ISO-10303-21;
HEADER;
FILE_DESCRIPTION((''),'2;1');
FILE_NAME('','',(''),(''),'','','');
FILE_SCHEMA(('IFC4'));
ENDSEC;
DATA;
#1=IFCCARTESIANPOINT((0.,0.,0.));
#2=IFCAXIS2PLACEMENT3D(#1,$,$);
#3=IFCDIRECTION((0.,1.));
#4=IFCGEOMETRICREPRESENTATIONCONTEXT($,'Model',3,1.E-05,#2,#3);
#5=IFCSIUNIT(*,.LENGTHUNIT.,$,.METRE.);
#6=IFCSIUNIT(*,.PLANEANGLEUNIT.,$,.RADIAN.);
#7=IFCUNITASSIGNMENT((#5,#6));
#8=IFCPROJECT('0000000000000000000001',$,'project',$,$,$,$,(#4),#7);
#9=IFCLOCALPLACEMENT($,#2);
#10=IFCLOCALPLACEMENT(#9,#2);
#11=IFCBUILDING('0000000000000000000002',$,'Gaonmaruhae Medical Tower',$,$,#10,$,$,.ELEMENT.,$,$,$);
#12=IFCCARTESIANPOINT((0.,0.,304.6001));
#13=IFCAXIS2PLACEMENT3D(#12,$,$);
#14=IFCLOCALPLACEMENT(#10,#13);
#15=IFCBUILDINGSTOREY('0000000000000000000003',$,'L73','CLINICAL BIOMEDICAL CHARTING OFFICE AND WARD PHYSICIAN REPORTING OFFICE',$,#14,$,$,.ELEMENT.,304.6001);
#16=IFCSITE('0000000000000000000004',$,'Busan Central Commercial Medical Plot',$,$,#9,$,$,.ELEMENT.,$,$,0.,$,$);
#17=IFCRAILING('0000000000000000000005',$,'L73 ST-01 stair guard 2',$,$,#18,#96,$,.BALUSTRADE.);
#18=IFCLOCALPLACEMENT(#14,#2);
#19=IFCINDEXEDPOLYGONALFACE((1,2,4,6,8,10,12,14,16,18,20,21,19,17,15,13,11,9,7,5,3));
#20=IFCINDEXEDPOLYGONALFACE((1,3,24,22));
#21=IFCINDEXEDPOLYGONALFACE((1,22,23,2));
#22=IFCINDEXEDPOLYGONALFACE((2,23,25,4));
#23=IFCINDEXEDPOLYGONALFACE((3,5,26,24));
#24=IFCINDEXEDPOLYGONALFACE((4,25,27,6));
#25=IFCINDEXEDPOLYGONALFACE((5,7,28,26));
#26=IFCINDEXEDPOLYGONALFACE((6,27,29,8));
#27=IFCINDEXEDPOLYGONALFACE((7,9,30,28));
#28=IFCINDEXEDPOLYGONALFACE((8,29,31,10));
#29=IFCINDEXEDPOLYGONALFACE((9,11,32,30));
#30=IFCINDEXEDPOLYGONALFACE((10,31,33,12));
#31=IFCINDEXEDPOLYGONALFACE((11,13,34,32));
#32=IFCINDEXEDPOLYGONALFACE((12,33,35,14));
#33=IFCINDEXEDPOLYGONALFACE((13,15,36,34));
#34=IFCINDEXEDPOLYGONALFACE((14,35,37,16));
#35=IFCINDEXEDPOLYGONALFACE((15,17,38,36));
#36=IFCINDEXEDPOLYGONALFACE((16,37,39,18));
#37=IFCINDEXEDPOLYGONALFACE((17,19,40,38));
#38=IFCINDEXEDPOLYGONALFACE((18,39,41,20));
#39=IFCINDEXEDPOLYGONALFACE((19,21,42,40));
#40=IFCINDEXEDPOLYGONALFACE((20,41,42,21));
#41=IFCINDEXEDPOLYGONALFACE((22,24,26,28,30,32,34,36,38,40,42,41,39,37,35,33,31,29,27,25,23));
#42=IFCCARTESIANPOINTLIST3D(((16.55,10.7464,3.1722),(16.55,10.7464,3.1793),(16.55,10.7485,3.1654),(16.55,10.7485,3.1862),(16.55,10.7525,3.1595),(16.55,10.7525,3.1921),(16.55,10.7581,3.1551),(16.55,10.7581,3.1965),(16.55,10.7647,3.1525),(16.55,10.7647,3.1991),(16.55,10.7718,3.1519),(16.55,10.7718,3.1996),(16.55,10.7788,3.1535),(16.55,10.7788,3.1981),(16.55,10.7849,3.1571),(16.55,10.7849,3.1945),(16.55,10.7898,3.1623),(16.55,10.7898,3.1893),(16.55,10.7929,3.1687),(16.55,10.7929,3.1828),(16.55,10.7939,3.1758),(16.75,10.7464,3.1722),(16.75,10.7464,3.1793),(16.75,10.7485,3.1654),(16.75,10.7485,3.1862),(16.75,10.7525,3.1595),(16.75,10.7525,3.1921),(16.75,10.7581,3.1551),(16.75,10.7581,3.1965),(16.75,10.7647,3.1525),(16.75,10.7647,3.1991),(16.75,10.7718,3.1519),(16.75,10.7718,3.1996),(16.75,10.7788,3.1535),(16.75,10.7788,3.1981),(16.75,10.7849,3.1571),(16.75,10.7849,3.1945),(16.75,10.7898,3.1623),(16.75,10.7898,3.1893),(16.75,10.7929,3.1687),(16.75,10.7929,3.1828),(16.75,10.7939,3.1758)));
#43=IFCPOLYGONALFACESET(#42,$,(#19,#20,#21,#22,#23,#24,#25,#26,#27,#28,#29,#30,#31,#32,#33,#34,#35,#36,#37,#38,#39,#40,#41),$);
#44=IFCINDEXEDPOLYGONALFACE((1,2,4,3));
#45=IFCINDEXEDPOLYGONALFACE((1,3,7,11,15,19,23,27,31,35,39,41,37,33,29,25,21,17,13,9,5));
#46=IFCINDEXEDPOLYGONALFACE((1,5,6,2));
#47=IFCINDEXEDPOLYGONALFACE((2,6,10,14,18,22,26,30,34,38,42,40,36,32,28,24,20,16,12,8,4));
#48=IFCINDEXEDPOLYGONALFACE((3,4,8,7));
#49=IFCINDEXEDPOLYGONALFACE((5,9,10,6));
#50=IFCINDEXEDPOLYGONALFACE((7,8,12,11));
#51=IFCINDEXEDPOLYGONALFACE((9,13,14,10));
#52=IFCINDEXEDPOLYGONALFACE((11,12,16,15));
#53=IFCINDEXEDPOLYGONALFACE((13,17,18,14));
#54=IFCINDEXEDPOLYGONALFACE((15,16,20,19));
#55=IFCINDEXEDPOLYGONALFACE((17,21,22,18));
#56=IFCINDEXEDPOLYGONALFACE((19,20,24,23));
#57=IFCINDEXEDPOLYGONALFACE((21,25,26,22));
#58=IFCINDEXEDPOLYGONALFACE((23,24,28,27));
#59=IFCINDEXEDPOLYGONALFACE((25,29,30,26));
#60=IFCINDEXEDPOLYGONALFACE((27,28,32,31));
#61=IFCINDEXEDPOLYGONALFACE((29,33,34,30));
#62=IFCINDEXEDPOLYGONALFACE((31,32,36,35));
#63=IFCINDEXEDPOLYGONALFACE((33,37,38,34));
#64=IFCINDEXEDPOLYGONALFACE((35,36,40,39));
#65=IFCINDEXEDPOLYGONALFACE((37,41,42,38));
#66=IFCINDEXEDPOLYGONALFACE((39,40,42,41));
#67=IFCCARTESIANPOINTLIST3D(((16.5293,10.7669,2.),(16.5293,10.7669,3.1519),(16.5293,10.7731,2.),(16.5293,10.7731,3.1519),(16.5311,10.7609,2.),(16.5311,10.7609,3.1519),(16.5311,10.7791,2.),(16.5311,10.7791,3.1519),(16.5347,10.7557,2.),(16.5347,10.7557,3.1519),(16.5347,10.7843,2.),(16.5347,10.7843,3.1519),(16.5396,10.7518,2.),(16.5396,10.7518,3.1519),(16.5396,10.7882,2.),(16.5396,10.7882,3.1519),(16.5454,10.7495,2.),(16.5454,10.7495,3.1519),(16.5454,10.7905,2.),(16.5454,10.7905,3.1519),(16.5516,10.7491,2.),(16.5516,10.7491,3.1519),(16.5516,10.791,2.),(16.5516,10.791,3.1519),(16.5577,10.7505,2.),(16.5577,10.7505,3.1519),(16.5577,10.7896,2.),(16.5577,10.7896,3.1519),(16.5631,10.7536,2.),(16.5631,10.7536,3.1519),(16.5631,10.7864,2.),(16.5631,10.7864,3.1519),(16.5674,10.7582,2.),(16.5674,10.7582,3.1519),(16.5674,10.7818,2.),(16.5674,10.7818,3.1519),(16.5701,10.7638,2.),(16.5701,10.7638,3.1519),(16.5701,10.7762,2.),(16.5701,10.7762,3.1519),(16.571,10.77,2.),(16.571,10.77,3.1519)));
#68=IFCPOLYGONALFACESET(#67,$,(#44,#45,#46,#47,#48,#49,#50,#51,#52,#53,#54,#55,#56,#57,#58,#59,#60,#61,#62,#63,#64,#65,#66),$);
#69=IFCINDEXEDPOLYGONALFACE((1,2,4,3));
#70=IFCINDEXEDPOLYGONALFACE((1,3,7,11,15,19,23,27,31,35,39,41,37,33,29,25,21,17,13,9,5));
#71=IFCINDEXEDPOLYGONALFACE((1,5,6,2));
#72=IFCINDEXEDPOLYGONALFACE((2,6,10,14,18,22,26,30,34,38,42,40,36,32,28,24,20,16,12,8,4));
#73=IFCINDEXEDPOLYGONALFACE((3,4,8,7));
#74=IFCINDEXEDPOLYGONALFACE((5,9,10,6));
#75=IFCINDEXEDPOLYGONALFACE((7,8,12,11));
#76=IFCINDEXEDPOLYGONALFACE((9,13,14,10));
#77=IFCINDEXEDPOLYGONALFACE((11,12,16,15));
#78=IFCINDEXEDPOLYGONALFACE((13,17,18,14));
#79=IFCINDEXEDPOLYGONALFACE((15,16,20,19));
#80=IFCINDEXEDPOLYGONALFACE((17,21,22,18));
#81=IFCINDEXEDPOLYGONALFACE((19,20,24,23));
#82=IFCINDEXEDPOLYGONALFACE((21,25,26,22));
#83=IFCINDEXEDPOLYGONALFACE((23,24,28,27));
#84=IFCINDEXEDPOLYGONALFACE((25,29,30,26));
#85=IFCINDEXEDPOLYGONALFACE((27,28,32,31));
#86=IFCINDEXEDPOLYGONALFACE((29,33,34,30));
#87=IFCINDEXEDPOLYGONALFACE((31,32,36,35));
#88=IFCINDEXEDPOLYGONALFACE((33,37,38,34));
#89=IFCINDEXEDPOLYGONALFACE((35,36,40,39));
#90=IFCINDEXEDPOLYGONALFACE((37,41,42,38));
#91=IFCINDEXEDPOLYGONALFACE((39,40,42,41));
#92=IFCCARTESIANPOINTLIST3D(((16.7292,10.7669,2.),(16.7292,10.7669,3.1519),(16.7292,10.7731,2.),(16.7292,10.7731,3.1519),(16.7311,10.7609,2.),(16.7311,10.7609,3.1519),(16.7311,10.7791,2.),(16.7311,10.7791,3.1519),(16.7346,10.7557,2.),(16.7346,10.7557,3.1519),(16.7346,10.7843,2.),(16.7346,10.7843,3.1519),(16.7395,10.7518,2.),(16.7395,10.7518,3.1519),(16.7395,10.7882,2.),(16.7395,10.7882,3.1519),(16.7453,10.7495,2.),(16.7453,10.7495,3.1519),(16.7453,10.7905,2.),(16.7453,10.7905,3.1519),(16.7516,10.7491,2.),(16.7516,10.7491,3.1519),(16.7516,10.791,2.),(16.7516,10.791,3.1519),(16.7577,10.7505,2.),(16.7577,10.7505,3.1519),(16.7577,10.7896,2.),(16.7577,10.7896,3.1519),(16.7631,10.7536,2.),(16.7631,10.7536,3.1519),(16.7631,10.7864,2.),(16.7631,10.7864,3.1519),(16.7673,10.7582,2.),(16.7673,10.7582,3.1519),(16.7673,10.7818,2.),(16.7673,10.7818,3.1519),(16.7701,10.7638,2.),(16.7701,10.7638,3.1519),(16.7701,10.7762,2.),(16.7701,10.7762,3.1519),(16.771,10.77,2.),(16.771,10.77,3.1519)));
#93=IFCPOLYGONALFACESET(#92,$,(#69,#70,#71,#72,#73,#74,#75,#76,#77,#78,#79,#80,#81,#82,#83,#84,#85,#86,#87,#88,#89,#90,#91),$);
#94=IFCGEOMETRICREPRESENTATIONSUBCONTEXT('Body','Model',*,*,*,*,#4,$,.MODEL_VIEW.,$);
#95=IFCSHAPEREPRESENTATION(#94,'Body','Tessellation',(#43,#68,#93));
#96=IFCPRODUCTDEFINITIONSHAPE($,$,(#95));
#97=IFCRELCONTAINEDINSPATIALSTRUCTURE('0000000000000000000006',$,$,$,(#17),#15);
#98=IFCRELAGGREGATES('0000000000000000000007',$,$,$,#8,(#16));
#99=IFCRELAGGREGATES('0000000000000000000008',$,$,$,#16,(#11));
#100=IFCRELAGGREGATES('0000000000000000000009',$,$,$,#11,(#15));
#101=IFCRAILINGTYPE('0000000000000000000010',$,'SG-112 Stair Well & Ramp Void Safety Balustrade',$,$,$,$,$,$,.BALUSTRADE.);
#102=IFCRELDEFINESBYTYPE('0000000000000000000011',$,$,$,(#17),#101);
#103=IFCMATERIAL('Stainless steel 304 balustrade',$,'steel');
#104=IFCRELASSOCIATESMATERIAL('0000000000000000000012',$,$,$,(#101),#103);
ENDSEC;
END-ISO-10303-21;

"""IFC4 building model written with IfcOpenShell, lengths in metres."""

from ifc_helpers import new_model, si_unit, direction, frame, origin, origin_2d, place, context, subcontext, project, spatial, circle, extrude, material, type_object, element, save


model = new_model("IFC4")

# Units and contexts
model_context = context("Model", 3, precision=1e-05, world=origin(), true_north=direction((0.0, 1.0)))
body_context = subcontext(model_context, "Body", "Model", "MODEL_VIEW")
ifc_project = project(units=[si_unit("LENGTHUNIT", "METRE"), si_unit("PLANEANGLEUNIT", "RADIAN")], contexts=[model_context])

# Site, building, storey
site_placement = place(None, origin())
site = spatial("IfcSite", under=ifc_project, at=site_placement, Name="Busan Central Commercial Medical Plot", CompositionType="ELEMENT", RefElevation=0.0)
building_placement = place(site_placement, origin())
building = spatial("IfcBuilding", under=site, at=building_placement, Name="Gaonmaruhae Medical Tower", CompositionType="ELEMENT")
storey_placement = place(building_placement, frame((0.0, 0.0, 304.6001)))
storey = spatial("IfcBuildingStorey", under=building, at=storey_placement, Name="L73", Description="CLINICAL BIOMEDICAL CHARTING OFFICE AND WARD PHYSICIAN REPORTING OFFICE", CompositionType="ELEMENT", Elevation=304.6001)

# Railing
ifc_material_1 = material(Name="Stainless steel 304 balustrade", Category="steel")
railing_type_1 = type_object("IfcRailingType", Name="SG-112 Stair Well & Ramp Void Safety Balustrade", PredefinedType="BALUSTRADE", material=ifc_material_1)
railing_1_placement = place(storey_placement, frame((16.55, 10.77, 2.0)))
element("IfcRailing", 1, at=railing_1_placement, inside=storey, type_object=railing_type_1, Name="L73 ST-01 stair guard 2", PredefinedType="BALUSTRADE", context=body_context, shape_type="SweptSolid", body=[
    extrude(circle(Radius=0.0239, at=origin_2d()), frame((0.0, 0.0, 1.1758), z_axis=(1.0, 0.0, 0.0), x_axis=(0.0, 1.0, 0.0)), (0.0, 0.0, 1.0), 0.2),
    extrude(circle(Radius=0.021, at=origin_2d()), origin(), (0.0, 0.0, 1.0), 1.1519),
    extrude(circle(Radius=0.021, at=origin_2d()), frame((0.2, 0.0, 0.0)), (0.0, 0.0, 1.0), 1.1519),
])

save(model, "model.ifc")
